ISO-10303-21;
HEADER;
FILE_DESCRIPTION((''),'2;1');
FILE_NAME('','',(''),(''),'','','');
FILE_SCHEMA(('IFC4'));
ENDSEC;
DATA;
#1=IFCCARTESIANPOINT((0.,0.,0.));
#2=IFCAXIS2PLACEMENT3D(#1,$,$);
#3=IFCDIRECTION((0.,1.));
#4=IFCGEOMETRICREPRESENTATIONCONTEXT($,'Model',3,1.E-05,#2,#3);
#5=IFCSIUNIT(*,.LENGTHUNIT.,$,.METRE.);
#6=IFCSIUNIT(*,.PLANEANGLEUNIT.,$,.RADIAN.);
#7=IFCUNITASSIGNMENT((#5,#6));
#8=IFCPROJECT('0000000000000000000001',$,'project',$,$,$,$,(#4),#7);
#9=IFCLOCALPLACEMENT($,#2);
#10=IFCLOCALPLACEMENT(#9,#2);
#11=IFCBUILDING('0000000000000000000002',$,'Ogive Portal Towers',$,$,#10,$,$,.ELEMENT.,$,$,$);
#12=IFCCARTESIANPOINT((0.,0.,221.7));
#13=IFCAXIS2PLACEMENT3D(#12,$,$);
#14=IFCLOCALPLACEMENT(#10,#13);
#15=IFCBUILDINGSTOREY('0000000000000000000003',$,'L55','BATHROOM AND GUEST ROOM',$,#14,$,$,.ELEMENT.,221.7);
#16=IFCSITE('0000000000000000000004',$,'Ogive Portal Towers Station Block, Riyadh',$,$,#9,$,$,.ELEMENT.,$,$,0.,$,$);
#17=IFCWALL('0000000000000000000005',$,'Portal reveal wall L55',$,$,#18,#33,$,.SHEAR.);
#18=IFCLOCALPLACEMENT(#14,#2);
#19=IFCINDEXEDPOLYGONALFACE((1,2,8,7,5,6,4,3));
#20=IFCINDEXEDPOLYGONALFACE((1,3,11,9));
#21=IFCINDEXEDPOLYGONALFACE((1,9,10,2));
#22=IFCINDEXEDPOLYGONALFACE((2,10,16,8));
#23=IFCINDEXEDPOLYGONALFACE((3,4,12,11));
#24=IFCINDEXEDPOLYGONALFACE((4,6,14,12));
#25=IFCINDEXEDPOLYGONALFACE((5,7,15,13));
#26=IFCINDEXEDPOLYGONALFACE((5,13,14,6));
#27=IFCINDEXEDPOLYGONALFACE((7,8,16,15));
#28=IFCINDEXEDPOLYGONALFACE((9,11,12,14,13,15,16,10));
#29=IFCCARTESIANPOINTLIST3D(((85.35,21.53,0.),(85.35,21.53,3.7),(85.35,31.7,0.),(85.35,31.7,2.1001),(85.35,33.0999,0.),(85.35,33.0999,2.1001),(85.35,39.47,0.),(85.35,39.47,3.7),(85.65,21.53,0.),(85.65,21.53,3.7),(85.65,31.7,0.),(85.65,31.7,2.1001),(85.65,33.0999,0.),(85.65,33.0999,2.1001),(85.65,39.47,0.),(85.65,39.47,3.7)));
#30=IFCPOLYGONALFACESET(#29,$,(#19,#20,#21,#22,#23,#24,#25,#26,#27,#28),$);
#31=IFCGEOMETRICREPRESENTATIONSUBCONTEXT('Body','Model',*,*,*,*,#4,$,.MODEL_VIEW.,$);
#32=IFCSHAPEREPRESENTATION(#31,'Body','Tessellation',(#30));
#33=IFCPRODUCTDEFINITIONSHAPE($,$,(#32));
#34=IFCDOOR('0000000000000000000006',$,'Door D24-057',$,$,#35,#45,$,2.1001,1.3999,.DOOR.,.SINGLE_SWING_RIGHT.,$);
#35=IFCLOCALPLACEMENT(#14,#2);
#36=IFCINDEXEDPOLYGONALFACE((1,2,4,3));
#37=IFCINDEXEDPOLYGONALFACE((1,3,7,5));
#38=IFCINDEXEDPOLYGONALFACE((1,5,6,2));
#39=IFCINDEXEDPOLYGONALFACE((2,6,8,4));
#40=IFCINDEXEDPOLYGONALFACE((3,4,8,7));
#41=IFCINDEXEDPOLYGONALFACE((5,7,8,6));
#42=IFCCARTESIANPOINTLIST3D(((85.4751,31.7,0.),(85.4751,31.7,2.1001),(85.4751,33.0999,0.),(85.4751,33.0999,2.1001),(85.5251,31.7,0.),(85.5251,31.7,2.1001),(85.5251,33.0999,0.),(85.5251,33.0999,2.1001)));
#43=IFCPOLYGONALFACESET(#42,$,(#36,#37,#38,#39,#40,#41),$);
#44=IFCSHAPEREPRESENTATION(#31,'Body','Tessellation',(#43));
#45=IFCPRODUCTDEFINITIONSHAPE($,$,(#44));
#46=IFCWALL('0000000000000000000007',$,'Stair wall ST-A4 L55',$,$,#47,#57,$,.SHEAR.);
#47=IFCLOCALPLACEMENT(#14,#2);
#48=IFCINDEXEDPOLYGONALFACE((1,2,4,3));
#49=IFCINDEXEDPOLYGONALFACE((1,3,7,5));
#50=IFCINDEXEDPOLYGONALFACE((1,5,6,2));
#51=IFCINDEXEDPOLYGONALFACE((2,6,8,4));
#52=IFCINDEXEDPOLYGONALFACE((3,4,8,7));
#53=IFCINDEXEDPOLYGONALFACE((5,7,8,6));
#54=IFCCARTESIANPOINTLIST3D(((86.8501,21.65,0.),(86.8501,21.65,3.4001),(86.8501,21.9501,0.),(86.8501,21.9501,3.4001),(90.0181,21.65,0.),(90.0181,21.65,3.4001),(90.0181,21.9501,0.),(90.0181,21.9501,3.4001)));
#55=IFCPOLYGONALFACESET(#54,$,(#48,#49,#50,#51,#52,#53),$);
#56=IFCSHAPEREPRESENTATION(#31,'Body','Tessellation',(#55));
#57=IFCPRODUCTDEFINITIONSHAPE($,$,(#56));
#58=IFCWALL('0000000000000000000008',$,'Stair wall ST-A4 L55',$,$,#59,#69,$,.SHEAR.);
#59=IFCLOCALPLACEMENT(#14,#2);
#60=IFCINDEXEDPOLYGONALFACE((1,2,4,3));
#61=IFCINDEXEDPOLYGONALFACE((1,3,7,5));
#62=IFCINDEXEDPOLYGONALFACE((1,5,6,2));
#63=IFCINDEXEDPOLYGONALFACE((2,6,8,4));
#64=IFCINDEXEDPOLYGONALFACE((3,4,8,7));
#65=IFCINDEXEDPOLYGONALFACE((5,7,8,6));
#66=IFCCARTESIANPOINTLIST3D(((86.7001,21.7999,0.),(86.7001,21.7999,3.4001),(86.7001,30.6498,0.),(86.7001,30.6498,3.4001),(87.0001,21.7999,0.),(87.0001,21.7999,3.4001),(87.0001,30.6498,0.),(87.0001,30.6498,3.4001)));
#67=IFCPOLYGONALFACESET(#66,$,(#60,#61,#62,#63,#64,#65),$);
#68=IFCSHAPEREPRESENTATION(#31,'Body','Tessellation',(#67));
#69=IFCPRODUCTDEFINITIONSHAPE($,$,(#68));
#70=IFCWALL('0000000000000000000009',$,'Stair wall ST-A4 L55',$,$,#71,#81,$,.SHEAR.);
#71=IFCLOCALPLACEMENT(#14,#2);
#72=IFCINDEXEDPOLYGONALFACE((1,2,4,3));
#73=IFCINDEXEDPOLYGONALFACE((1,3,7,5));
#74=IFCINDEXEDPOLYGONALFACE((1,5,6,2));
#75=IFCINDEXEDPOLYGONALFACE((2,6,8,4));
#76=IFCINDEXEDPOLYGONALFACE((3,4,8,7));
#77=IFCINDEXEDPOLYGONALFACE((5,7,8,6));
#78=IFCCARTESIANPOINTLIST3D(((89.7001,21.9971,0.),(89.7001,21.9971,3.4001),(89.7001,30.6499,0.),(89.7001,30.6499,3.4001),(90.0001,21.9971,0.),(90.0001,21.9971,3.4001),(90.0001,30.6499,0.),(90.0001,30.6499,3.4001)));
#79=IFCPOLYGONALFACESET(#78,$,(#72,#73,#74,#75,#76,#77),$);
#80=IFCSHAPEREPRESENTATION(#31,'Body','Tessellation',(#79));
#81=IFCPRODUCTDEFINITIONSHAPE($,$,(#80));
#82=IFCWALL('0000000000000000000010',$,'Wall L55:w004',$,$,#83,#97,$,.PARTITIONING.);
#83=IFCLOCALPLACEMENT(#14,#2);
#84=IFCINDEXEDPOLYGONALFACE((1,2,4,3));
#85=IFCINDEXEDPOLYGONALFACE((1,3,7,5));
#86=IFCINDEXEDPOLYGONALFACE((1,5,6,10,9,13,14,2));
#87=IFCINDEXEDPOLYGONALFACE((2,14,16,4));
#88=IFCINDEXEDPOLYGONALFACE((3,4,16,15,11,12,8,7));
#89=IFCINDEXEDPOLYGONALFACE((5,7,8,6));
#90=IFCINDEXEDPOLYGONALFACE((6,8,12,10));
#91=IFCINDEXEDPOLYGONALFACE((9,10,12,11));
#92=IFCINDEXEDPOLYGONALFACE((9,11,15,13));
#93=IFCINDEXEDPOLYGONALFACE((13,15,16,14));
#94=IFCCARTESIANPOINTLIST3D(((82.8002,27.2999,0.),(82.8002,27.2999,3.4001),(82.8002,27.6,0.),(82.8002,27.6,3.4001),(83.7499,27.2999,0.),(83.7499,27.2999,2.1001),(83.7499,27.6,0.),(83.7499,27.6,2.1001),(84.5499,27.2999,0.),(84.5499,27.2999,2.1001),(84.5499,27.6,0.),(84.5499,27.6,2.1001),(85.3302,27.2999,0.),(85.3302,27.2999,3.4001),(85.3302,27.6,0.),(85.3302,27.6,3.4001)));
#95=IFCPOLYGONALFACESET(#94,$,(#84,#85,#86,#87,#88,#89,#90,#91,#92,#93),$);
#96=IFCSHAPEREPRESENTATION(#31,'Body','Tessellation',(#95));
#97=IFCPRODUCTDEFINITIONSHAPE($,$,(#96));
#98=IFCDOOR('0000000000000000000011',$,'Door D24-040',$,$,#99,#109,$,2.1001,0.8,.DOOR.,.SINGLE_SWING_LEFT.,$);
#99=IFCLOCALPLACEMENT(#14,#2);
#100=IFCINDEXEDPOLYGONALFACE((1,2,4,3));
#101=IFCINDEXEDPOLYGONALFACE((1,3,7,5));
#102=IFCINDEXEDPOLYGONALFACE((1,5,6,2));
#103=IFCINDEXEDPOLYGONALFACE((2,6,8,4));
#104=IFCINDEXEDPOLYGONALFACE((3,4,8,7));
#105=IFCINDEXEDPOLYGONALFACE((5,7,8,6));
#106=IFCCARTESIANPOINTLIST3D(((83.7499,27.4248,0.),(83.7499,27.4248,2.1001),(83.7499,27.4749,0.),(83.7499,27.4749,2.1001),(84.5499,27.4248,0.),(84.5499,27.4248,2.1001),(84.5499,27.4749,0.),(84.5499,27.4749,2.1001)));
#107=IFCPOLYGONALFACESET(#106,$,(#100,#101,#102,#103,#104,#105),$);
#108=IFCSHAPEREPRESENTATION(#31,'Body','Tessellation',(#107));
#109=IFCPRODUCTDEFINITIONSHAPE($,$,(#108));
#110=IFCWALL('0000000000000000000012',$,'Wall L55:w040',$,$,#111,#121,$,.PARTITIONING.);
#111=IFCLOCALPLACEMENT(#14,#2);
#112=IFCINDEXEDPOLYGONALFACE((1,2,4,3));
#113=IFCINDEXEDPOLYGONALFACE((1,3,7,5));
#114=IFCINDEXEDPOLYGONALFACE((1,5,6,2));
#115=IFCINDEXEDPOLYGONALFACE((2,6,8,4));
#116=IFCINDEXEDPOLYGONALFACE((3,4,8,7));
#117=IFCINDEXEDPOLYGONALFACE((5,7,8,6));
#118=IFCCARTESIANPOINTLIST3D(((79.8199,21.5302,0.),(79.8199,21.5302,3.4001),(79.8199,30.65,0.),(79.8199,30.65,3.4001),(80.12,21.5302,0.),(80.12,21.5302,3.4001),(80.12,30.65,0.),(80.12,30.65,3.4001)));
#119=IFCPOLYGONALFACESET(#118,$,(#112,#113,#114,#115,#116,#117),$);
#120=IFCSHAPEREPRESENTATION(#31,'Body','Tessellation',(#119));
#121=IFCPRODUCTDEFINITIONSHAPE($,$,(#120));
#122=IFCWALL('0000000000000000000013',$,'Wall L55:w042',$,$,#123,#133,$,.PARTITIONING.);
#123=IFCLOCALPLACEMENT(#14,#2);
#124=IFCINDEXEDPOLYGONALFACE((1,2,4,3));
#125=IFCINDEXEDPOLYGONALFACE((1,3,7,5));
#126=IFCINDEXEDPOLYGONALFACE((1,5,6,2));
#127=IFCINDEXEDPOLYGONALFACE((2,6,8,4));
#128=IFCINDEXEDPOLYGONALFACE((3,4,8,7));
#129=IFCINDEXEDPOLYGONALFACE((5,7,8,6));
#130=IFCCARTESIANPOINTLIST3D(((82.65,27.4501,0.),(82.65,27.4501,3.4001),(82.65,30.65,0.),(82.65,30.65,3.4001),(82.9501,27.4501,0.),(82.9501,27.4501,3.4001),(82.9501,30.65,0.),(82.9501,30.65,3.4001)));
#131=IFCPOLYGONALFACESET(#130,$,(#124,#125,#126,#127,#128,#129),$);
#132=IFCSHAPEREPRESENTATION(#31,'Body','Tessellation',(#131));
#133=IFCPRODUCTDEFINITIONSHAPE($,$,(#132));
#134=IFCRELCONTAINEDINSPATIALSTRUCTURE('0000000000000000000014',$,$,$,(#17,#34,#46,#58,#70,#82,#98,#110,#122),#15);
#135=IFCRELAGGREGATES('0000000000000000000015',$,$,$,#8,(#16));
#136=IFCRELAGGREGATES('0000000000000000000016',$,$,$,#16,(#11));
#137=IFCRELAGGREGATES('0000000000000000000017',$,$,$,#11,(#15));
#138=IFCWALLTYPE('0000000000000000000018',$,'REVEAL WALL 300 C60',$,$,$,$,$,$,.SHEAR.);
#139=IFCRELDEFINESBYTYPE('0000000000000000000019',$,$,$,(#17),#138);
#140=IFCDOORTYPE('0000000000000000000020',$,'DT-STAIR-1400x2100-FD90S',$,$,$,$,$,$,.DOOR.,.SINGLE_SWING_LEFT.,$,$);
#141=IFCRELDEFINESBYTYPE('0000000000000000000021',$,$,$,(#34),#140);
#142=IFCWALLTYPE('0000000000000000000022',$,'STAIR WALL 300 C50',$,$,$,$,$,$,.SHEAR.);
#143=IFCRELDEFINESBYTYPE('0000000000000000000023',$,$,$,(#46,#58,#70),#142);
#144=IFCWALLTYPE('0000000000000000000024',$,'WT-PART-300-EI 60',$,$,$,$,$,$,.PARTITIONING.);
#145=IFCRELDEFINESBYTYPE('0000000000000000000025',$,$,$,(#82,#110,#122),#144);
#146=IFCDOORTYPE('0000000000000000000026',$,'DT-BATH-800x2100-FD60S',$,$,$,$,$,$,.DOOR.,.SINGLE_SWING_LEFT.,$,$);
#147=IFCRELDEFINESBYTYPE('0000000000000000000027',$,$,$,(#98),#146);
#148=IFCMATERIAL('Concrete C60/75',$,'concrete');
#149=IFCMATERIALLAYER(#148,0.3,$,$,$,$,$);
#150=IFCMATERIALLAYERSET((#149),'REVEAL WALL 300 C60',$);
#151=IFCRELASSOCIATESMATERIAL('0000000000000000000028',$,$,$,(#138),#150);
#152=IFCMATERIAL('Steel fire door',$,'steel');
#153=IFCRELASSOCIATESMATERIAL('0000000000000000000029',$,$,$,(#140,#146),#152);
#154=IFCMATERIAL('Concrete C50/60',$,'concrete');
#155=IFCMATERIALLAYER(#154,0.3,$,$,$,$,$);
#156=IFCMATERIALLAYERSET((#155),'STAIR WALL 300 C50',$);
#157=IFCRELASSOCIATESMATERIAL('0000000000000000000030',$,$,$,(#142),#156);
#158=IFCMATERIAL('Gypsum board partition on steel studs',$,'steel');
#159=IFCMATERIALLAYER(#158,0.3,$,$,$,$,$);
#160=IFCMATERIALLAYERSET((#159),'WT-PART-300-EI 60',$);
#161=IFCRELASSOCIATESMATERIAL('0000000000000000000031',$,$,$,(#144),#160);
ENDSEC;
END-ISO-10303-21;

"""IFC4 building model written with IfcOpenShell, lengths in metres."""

from ifc_helpers import new_model, si_unit, direction, frame, frame_2d, origin, place, context, subcontext, project, spatial, rectangle, extrude, material, layer, layer_set, type_object, element, fill, save


model = new_model("IFC4")

# Units and contexts
model_context = context("Model", 3, precision=1e-05, world=origin(), true_north=direction((0.0, 1.0)))
body_context = subcontext(model_context, "Body", "Model", "MODEL_VIEW")
ifc_project = project(units=[si_unit("LENGTHUNIT", "METRE"), si_unit("PLANEANGLEUNIT", "RADIAN")], contexts=[model_context])

# Site, building, storey
site_placement = place(None, origin())
site = spatial("IfcSite", under=ifc_project, at=site_placement, Name="Ogive Portal Towers Station Block, Riyadh", CompositionType="ELEMENT", RefElevation=0.0)
building_placement = place(site_placement, origin())
building = spatial("IfcBuilding", under=site, at=building_placement, Name="Ogive Portal Towers", CompositionType="ELEMENT")
storey_placement = place(building_placement, frame((0.0, 0.0, 221.7)))
storey = spatial("IfcBuildingStorey", under=building, at=storey_placement, Name="L55", Description="BATHROOM AND GUEST ROOM", CompositionType="ELEMENT", Elevation=221.7)

# Shared definitions
ifc_material_1 = material(Name="Concrete C60/75", Category="concrete")

# Wall, opening, door
ifc_layer_1 = layer(ifc_material_1, 0.3)
ifc_layer_set_1 = layer_set([ifc_layer_1], Name="REVEAL WALL 300 C60")
wall_type_1 = type_object("IfcWallType", Name="REVEAL WALL 300 C60", PredefinedType="SHEAR", material=ifc_layer_set_1)
wall_1_placement = place(storey_placement, frame((85.5, 21.53, 0.0), z_axis=(0.0, 0.0, 1.0), x_axis=(0.0, 1.0, 0.0)))
wall_1 = element("IfcWall", 1, at=wall_1_placement, inside=storey, type_object=wall_type_1, Name="Portal reveal wall L55", PredefinedType="SHEAR", context=body_context, shape_type="SweptSolid", body=[
    extrude(rectangle(XDim=17.9399, YDim=0.3, at=frame_2d((8.97, 0.0))), origin(), (0.0, 0.0, 1.0), 3.7),
])
opening_1_placement = place(wall_1_placement, frame((10.1699, 0.0, 0.0)))
opening_1 = element("IfcOpeningElement", 2, at=opening_1_placement, cuts=wall_1, PredefinedType="OPENING", context=body_context, shape_type="SweptSolid", body=[
    extrude(rectangle(XDim=1.3999, YDim=2.1001, at=frame_2d((0.7, 1.05))), frame((0.0, 0.1602, 0.0), z_axis=(0.0, -1.0, 0.0), x_axis=(1.0, 0.0, 0.0)), (0.0, 0.0, 1.0), 0.3201),
])
ifc_material_2 = material(Name="Steel fire door", Category="steel")
door_type_1 = type_object("IfcDoorType", Name="DT-STAIR-1400x2100-FD90S", OperationType="SINGLE_SWING_LEFT", PredefinedType="DOOR", material=ifc_material_2)
door_1_placement = place(opening_1_placement, origin())
door_1 = element("IfcDoor", 3, at=door_1_placement, inside=storey, type_object=door_type_1, Name="Door D24-057", OperationType="SINGLE_SWING_RIGHT", OverallHeight=2.1001, OverallWidth=1.3999, PredefinedType="DOOR", context=body_context, shape_type="SweptSolid", body=[
    extrude(rectangle(XDim=1.3999, YDim=2.1001, at=frame_2d((0.7, 1.05))), frame((0.0, 0.0249, 0.0), z_axis=(0.0, -1.0, 0.0), x_axis=(1.0, 0.0, 0.0)), (0.0, 0.0, 1.0), 0.05),
])
fill(opening_1, door_1)

# Walls
ifc_material_3 = material(Name="Concrete C50/60", Category="concrete")
ifc_layer_2 = layer(ifc_material_3, 0.3)
ifc_layer_set_2 = layer_set([ifc_layer_2], Name="STAIR WALL 300 C50")
wall_type_2 = type_object("IfcWallType", Name="STAIR WALL 300 C50", PredefinedType="SHEAR", material=ifc_layer_set_2)
wall_2_placement = place(storey_placement, frame((86.8501, 21.8, 0.0), z_axis=(0.0, 0.0, 1.0), x_axis=(1.0, 0.0, 0.0)))
element("IfcWall", 4, at=wall_2_placement, inside=storey, type_object=wall_type_2, Name="Stair wall ST-A4 L55", PredefinedType="SHEAR", context=body_context, shape_type="SweptSolid", body=[
    extrude(rectangle(XDim=3.168, YDim=0.3, at=frame_2d((1.584, 0.0))), origin(), (0.0, 0.0, 1.0), 3.4001),
])
wall_3_placement = place(storey_placement, frame((86.8501, 21.8, 0.0), z_axis=(0.0, 0.0, 1.0), x_axis=(0.0, 1.0, 0.0)))
element("IfcWall", 5, at=wall_3_placement, inside=storey, type_object=wall_type_2, Name="Stair wall ST-A4 L55", PredefinedType="SHEAR", context=body_context, shape_type="SweptSolid", body=[
    extrude(rectangle(XDim=8.8499, YDim=0.3, at=frame_2d((4.4248, 0.0))), origin(), (0.0, 0.0, 1.0), 3.4001),
])
wall_4_placement = place(storey_placement, frame((89.8501, 21.9971, 0.0), z_axis=(0.0, 0.0, 1.0), x_axis=(0.0, 1.0, 0.0)))
element("IfcWall", 6, at=wall_4_placement, inside=storey, type_object=wall_type_2, Name="Stair wall ST-A4 L55", PredefinedType="SHEAR", context=body_context, shape_type="SweptSolid", body=[
    extrude(rectangle(XDim=8.6528, YDim=0.3, at=frame_2d((4.3264, 0.0))), origin(), (0.0, 0.0, 1.0), 3.4001),
])

# Wall, opening, door
ifc_material_4 = material(Name="Gypsum board partition on steel studs", Category="steel")
ifc_layer_3 = layer(ifc_material_4, 0.3)
ifc_layer_set_3 = layer_set([ifc_layer_3], Name="WT-PART-300-EI 60")
wall_type_3 = type_object("IfcWallType", Name="WT-PART-300-EI 60", PredefinedType="PARTITIONING", material=ifc_layer_set_3)
wall_5_placement = place(storey_placement, frame((82.8, 27.45, 0.0), z_axis=(0.0, 0.0, 1.0), x_axis=(1.0, 0.0, 0.0)))
wall_5 = element("IfcWall", 7, at=wall_5_placement, inside=storey, type_object=wall_type_3, Name="Wall L55:w004", PredefinedType="PARTITIONING", context=body_context, shape_type="SweptSolid", body=[
    extrude(rectangle(XDim=2.53, YDim=0.3, at=frame_2d((1.2651, 0.0))), origin(), (0.0, 0.0, 1.0), 3.4001),
])
opening_2_placement = place(wall_5_placement, frame((0.95, 0.0, 0.0)))
opening_2 = element("IfcOpeningElement", 8, at=opening_2_placement, cuts=wall_5, PredefinedType="OPENING", context=body_context, shape_type="SweptSolid", body=[
    extrude(rectangle(XDim=0.8, YDim=2.1001, at=frame_2d((0.3999, 1.05))), frame((0.0, 0.1602, 0.0), z_axis=(0.0, -1.0, 0.0), x_axis=(1.0, 0.0, 0.0)), (0.0, 0.0, 1.0), 0.3201),
])
door_type_2 = type_object("IfcDoorType", Name="DT-BATH-800x2100-FD60S", OperationType="SINGLE_SWING_LEFT", PredefinedType="DOOR", material=ifc_material_2)
door_2_placement = place(opening_2_placement, origin())
door_2 = element("IfcDoor", 9, at=door_2_placement, inside=storey, type_object=door_type_2, Name="Door D24-040", OperationType="SINGLE_SWING_LEFT", OverallHeight=2.1001, OverallWidth=0.8, PredefinedType="DOOR", context=body_context, shape_type="SweptSolid", body=[
    extrude(rectangle(XDim=0.8, YDim=2.1001, at=frame_2d((0.3999, 1.05))), frame((0.0, 0.0249, 0.0), z_axis=(0.0, -1.0, 0.0), x_axis=(1.0, 0.0, 0.0)), (0.0, 0.0, 1.0), 0.05),
])
fill(opening_2, door_2)

# Walls
wall_6_placement = place(storey_placement, frame((79.97, 21.53, 0.0), z_axis=(0.0, 0.0, 1.0), x_axis=(0.0, 1.0, 0.0)))
element("IfcWall", 10, at=wall_6_placement, inside=storey, type_object=wall_type_3, Name="Wall L55:w040", PredefinedType="PARTITIONING", context=body_context, shape_type="SweptSolid", body=[
    extrude(rectangle(XDim=9.1199, YDim=0.3, at=frame_2d((4.5601, 0.0))), origin(), (0.0, 0.0, 1.0), 3.4001),
])
wall_7_placement = place(storey_placement, frame((82.8, 27.45, 0.0), z_axis=(0.0, 0.0, 1.0), x_axis=(0.0, 1.0, 0.0)))
element("IfcWall", 11, at=wall_7_placement, inside=storey, type_object=wall_type_3, Name="Wall L55:w042", PredefinedType="PARTITIONING", context=body_context, shape_type="SweptSolid", body=[
    extrude(rectangle(XDim=3.2, YDim=0.3, at=frame_2d((1.6001, 0.0))), origin(), (0.0, 0.0, 1.0), 3.4001),
])

save(model, "model.ifc")
